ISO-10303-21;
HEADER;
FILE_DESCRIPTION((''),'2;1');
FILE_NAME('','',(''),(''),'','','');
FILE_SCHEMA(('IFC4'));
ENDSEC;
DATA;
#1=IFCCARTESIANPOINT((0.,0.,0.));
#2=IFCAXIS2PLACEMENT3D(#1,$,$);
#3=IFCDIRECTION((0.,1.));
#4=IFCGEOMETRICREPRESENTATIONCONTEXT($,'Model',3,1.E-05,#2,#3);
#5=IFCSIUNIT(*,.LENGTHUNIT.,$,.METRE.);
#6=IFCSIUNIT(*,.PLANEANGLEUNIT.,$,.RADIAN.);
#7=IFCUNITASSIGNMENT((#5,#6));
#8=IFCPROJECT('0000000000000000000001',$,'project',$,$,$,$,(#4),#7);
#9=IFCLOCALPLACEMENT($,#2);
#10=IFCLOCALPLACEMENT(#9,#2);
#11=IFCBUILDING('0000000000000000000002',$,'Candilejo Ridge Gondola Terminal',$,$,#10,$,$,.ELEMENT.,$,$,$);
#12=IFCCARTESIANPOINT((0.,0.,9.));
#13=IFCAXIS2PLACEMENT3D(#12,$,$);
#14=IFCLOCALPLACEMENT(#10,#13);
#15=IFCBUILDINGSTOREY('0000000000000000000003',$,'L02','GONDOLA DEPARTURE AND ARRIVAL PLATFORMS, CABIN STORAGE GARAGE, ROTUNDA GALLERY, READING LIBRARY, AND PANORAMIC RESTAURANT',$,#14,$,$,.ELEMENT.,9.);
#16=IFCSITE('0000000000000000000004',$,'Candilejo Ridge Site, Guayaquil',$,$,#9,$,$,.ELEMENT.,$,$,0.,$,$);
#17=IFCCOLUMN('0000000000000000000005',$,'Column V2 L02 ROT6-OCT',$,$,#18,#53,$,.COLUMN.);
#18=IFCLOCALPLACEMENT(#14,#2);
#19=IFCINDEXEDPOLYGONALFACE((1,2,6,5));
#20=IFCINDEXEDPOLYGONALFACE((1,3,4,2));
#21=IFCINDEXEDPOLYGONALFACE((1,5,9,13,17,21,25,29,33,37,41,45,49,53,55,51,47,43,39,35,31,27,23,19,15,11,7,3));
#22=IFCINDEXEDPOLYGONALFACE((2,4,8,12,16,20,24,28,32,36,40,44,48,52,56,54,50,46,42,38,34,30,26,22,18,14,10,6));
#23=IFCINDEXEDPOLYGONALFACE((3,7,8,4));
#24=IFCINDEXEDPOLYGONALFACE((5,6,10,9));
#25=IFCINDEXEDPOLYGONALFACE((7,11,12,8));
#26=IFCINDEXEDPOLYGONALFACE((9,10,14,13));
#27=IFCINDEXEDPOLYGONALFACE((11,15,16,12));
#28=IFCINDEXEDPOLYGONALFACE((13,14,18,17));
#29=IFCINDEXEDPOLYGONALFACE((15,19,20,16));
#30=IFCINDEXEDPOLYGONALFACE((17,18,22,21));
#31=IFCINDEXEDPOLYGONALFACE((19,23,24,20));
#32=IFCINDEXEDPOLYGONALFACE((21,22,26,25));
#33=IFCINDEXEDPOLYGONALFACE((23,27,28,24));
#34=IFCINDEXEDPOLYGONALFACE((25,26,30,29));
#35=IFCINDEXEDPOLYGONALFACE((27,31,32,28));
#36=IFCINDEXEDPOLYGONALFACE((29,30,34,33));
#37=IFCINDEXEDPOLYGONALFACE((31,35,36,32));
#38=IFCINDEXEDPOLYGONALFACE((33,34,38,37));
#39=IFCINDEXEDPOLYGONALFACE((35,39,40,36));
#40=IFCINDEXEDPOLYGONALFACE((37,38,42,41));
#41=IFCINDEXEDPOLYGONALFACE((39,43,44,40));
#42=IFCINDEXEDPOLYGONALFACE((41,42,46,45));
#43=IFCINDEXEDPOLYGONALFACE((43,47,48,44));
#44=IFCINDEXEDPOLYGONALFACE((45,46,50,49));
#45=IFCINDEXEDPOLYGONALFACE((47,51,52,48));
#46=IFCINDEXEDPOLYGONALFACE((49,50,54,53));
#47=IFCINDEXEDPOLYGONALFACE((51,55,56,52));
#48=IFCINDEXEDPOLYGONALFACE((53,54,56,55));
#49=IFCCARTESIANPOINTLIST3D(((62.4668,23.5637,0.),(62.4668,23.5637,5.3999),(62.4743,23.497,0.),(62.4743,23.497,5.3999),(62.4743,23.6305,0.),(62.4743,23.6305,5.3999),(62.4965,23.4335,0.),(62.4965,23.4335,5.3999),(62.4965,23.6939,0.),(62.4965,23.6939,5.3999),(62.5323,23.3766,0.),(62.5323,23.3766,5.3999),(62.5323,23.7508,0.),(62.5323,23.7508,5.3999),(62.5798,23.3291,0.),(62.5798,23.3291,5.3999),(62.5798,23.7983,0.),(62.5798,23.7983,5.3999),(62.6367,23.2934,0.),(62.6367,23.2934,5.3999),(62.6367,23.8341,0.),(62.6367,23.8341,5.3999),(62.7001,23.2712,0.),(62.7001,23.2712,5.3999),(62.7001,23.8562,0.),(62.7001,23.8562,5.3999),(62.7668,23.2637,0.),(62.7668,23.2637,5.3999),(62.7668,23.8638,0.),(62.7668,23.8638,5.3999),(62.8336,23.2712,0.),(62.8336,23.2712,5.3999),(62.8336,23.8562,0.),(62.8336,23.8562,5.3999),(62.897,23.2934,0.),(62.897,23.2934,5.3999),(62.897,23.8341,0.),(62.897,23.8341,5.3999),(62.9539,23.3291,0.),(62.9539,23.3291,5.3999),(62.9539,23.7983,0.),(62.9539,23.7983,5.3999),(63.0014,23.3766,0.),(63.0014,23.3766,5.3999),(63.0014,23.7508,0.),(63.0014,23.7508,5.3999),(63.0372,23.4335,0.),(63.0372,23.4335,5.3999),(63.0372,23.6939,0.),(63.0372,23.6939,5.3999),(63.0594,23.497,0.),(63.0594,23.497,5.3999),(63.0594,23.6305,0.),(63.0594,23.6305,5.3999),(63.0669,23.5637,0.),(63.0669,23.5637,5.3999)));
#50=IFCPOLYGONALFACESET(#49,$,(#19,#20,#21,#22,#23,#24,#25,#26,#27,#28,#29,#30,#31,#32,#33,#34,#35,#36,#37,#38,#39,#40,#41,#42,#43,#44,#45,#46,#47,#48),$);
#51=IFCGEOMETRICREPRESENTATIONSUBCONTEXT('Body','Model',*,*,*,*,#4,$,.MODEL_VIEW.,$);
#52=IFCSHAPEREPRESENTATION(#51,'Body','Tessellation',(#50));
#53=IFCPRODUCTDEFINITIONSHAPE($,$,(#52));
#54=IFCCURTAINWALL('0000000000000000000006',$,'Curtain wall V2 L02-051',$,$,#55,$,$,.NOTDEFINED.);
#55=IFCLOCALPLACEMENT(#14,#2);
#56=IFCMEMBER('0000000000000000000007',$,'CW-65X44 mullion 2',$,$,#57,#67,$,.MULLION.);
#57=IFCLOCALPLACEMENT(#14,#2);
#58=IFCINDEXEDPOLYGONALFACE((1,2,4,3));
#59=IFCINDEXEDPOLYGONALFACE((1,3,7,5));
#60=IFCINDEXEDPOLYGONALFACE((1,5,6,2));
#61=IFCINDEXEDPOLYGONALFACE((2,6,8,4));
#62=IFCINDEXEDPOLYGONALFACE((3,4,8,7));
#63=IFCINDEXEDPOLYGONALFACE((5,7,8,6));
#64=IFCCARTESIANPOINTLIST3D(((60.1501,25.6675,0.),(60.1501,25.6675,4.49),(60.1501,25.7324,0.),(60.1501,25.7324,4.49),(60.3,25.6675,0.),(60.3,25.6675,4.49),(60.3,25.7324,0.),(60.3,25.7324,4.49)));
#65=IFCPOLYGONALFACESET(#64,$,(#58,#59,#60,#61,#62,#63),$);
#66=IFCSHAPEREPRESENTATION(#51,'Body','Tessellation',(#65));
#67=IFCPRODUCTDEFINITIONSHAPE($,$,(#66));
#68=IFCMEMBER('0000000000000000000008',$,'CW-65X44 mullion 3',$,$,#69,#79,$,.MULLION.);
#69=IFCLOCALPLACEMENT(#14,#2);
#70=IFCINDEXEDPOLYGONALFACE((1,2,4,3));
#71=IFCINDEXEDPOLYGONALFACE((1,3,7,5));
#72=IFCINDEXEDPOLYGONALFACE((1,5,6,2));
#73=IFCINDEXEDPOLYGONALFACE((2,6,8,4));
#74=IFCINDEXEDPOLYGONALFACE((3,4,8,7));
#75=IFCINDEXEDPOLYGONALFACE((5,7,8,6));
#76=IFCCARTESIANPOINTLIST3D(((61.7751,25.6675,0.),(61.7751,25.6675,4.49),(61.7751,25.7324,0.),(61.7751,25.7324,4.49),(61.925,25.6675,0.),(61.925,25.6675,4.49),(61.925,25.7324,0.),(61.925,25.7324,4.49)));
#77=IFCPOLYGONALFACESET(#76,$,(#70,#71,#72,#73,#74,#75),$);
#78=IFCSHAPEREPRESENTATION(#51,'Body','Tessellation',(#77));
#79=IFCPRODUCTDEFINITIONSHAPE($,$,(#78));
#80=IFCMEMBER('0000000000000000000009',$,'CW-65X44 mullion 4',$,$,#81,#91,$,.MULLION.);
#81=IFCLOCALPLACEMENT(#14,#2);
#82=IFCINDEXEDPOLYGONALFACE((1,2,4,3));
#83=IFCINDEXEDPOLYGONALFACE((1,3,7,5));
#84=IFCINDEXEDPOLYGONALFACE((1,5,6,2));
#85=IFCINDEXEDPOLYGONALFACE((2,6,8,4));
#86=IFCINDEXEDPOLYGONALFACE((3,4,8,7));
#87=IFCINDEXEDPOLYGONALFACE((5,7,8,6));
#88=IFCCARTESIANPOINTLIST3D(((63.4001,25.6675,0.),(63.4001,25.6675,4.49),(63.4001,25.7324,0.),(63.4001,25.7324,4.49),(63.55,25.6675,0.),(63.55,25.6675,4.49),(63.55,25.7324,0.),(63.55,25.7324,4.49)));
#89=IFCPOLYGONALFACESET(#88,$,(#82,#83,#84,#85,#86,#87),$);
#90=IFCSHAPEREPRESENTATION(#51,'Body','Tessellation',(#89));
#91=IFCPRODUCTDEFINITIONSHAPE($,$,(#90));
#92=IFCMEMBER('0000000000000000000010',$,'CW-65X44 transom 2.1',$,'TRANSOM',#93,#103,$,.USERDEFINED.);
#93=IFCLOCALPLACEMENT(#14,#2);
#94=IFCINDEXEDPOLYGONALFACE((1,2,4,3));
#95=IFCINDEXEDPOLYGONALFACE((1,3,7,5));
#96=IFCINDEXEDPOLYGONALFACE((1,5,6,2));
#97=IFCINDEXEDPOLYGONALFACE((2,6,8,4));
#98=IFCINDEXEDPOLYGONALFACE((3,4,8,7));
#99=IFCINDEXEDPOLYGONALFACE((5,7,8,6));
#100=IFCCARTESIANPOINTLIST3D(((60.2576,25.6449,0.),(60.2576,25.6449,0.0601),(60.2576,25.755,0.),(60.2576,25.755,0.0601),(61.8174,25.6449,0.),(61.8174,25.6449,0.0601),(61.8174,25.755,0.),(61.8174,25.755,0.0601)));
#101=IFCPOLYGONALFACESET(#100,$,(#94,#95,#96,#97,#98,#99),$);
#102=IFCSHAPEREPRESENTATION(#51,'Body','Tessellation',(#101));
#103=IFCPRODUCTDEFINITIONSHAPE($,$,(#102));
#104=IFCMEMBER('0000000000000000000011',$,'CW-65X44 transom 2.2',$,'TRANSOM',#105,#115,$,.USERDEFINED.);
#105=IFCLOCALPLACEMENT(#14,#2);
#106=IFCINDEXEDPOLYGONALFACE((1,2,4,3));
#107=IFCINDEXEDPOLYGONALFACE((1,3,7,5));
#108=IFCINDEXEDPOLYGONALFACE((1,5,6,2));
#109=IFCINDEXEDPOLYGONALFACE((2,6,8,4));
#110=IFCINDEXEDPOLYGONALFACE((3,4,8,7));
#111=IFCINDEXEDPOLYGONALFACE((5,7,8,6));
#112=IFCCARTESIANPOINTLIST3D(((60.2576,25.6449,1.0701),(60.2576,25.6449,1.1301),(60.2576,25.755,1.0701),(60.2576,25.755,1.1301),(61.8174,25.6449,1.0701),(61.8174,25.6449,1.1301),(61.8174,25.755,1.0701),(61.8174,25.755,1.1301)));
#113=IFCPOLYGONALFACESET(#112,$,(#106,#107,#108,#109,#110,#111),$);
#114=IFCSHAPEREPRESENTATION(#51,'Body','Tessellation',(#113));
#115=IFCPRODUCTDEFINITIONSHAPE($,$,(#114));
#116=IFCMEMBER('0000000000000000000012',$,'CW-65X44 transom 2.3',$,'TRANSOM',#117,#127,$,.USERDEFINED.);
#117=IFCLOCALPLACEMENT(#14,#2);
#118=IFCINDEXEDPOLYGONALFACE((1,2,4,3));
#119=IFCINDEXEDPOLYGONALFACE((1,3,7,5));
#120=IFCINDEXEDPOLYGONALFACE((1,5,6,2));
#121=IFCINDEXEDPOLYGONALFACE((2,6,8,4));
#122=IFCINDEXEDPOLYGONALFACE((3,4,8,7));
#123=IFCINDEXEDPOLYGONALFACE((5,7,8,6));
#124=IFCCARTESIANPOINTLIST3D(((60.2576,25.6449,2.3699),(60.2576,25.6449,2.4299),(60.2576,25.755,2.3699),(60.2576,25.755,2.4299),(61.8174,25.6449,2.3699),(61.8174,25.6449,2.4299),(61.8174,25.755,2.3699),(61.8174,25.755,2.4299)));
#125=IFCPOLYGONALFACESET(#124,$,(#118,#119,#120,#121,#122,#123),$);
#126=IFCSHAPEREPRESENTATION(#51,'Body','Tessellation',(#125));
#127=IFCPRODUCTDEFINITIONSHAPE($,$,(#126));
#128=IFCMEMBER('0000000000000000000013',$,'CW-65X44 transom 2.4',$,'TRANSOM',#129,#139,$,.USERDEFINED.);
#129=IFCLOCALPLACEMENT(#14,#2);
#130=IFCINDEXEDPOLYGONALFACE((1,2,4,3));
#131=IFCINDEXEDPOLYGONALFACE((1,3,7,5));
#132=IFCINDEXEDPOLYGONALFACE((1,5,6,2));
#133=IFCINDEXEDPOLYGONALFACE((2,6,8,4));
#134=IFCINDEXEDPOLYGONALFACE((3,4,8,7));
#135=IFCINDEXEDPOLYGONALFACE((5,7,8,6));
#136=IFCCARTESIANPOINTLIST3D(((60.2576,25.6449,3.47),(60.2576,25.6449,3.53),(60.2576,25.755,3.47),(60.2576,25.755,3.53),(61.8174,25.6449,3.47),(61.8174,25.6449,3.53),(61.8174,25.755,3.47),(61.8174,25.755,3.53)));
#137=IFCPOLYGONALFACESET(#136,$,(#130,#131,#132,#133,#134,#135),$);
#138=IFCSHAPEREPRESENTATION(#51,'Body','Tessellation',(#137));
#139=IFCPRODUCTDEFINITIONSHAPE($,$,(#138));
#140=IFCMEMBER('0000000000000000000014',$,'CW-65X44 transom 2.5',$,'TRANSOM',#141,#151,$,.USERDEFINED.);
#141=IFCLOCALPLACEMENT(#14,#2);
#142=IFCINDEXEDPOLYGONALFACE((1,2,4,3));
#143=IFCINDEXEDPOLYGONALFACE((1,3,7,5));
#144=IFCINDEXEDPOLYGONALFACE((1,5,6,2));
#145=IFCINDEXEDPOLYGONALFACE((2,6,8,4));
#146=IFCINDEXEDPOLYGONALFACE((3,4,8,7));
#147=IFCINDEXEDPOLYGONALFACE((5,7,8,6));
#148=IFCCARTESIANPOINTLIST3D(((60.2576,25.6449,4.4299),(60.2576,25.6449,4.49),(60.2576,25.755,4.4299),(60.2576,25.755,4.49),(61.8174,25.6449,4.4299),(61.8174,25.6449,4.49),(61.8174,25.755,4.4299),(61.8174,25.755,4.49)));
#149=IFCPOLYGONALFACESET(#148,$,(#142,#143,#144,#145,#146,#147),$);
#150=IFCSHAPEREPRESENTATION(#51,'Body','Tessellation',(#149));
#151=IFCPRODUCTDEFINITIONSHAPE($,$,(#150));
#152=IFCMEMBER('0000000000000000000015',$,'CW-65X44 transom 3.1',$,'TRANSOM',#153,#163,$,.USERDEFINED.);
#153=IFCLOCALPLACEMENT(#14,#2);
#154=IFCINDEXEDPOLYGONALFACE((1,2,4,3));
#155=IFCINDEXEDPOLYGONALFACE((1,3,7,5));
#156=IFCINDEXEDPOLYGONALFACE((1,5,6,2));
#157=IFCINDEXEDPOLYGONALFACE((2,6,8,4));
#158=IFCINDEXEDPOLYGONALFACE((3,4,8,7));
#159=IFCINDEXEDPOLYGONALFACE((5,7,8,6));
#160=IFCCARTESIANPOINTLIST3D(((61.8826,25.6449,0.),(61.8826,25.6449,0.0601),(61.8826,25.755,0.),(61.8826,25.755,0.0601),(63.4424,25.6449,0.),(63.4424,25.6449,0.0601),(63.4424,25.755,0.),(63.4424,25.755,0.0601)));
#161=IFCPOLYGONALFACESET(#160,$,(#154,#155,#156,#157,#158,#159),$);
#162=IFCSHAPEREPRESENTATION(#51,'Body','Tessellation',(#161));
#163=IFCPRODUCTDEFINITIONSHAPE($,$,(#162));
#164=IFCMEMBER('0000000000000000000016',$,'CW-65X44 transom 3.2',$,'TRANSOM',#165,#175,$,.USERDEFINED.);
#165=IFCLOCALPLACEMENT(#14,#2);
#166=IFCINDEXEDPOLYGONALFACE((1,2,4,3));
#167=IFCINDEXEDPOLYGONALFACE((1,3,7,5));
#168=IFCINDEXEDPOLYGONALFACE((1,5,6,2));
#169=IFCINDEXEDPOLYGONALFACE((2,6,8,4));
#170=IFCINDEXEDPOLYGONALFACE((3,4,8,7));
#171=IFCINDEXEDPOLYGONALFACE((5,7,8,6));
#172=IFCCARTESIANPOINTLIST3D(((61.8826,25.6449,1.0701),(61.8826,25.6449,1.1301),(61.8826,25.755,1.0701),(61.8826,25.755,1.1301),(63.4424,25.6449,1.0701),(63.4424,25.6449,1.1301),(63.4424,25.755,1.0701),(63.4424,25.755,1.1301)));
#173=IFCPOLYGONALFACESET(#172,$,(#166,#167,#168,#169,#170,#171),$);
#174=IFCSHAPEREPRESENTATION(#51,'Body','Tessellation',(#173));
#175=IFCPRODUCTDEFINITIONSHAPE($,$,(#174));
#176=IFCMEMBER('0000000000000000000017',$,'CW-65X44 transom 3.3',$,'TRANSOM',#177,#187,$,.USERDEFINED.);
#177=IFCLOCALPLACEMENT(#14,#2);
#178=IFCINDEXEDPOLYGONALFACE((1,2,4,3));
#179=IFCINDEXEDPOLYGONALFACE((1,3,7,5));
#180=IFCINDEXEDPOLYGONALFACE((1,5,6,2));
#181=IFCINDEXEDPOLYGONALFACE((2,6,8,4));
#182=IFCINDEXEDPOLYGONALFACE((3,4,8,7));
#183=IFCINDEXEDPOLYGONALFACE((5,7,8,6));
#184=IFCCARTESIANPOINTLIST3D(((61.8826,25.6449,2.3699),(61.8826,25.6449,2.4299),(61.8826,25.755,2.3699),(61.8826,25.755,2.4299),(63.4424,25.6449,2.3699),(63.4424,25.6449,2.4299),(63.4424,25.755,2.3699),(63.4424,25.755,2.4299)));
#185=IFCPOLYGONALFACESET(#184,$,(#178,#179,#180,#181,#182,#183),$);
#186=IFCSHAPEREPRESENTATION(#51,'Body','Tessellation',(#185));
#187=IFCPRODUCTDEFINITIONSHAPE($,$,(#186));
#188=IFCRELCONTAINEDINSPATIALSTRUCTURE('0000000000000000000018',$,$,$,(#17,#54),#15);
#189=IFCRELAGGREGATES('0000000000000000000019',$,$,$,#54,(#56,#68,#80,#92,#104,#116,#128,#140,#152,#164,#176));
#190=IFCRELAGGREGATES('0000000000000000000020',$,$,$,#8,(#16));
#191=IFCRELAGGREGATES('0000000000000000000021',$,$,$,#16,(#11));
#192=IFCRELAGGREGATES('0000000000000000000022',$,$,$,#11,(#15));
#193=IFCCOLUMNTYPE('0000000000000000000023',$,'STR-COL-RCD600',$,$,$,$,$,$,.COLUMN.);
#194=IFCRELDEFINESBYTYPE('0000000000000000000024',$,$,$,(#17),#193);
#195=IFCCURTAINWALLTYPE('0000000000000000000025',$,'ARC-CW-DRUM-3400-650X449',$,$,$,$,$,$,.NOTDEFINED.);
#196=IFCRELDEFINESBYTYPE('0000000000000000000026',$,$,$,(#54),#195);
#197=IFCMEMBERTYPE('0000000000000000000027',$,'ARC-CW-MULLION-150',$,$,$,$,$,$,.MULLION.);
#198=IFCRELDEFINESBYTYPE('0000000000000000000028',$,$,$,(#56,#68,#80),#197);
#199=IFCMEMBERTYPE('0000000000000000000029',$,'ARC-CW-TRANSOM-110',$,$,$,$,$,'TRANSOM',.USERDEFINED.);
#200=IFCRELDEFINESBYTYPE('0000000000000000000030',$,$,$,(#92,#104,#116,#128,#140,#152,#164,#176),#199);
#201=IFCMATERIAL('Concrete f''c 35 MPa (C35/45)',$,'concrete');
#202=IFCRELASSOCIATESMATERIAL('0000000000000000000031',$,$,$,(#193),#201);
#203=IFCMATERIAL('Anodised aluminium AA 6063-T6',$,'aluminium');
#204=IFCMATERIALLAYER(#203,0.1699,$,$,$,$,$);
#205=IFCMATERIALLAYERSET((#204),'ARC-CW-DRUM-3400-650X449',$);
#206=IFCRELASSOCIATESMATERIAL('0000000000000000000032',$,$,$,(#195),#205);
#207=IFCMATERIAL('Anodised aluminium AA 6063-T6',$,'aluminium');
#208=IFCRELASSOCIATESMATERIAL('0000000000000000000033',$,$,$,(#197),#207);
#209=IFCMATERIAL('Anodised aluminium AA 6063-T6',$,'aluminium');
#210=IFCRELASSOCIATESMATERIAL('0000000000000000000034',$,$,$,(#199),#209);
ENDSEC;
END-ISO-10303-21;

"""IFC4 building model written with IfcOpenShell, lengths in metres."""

from ifc_helpers import new_model, si_unit, direction, frame, origin, origin_2d, place, context, subcontext, project, spatial, rectangle, circle, extrude, material, layer, layer_set, material_profile, profile_set, type_object, element, aggregate, save


model = new_model("IFC4")

# Units and contexts
model_context = context("Model", 3, precision=1e-05, world=origin(), true_north=direction((0.0, 1.0)))
body_context = subcontext(model_context, "Body", "Model", "MODEL_VIEW")
ifc_project = project(units=[si_unit("LENGTHUNIT", "METRE"), si_unit("PLANEANGLEUNIT", "RADIAN")], contexts=[model_context])

# Site, building, storey
site_placement = place(None, origin())
site = spatial("IfcSite", under=ifc_project, at=site_placement, Name="Candilejo Ridge Site, Guayaquil", CompositionType="ELEMENT", RefElevation=0.0)
building_placement = place(site_placement, origin())
building = spatial("IfcBuilding", under=site, at=building_placement, Name="Candilejo Ridge Gondola Terminal", CompositionType="ELEMENT")
storey_placement = place(building_placement, frame((0.0, 0.0, 9.0)))
storey = spatial("IfcBuildingStorey", under=building, at=storey_placement, Name="L02", Description="GONDOLA DEPARTURE AND ARRIVAL PLATFORMS, CABIN STORAGE GARAGE, ROTUNDA GALLERY, READING LIBRARY, AND PANORAMIC RESTAURANT", CompositionType="ELEMENT", Elevation=9.0)

# Column
ifc_material_1 = material(Name="Concrete f'c 35 MPa (C35/45)", Category="concrete")
ifc_material_profile_1 = material_profile(ifc_material_1, circle(Radius=0.3, at=origin_2d()))
ifc_profile_set_1 = profile_set([ifc_material_profile_1], Name="Concrete f'c 35 MPa (C35/45)")
column_type = type_object("IfcColumnType", Name="STR-COL-RCD600", PredefinedType="COLUMN", material=ifc_profile_set_1)
column_placement = place(storey_placement, frame((62.7668, 23.5637, 0.0), z_axis=(0.0, 0.0, 1.0), x_axis=(1.0, 0.0, 0.0)))
element("IfcColumn", 1, at=column_placement, inside=storey, type_object=column_type, Name="Column V2 L02 ROT6-OCT", PredefinedType="COLUMN", context=body_context, shape_type="SweptSolid", body=[
    extrude(circle(Radius=0.3, at=origin_2d()), origin(), (0.0, 0.0, 1.0), 5.3999),
])

# Curtain wall, members
ifc_material_2 = material(Name="Anodised aluminium AA 6063-T6", Category="aluminium")
ifc_layer_1 = layer(ifc_material_2, 0.1699)
ifc_layer_set_1 = layer_set([ifc_layer_1], Name="ARC-CW-DRUM-3400-650X449")
curtain_wall_type = type_object("IfcCurtainWallType", Name="ARC-CW-DRUM-3400-650X449", PredefinedType="NOTDEFINED", material=ifc_layer_set_1)
curtain_wall_placement = place(storey_placement, origin())
curtain_wall = element("IfcCurtainWall", 2, at=curtain_wall_placement, inside=storey, type_object=curtain_wall_type, Name="Curtain wall V2 L02-051", PredefinedType="NOTDEFINED")
ifc_material_3 = material(Name="Anodised aluminium AA 6063-T6", Category="aluminium")
ifc_material_profile_2 = material_profile(ifc_material_3, rectangle(XDim=0.0649, YDim=0.1499, at=origin_2d()))
ifc_profile_set_2 = profile_set([ifc_material_profile_2], Name="Anodised aluminium AA 6063-T6")
member_type_1 = type_object("IfcMemberType", Name="ARC-CW-MULLION-150", PredefinedType="MULLION", material=ifc_profile_set_2)
member_1_placement = place(storey_placement, frame((60.2251, 25.7, 0.0), z_axis=(0.0, 0.0, 1.0), x_axis=(0.0, 1.0, 0.0)))
member_1 = element("IfcMember", 3, at=member_1_placement, type_object=member_type_1, Name="CW-65X44 mullion 2", PredefinedType="MULLION", context=body_context, shape_type="SweptSolid", body=[
    extrude(rectangle(XDim=0.0649, YDim=0.1499, at=origin_2d()), origin(), (0.0, 0.0, 1.0), 4.49),
])
member_2_placement = place(storey_placement, frame((61.8501, 25.7, 0.0), z_axis=(0.0, 0.0, 1.0), x_axis=(0.0, 1.0, 0.0)))
member_2 = element("IfcMember", 4, at=member_2_placement, type_object=member_type_1, Name="CW-65X44 mullion 3", PredefinedType="MULLION", context=body_context, shape_type="SweptSolid", body=[
    extrude(rectangle(XDim=0.0649, YDim=0.1499, at=origin_2d()), origin(), (0.0, 0.0, 1.0), 4.49),
])
member_3_placement = place(storey_placement, frame((63.4751, 25.7, 0.0), z_axis=(0.0, 0.0, 1.0), x_axis=(0.0, 1.0, 0.0)))
member_3 = element("IfcMember", 5, at=member_3_placement, type_object=member_type_1, Name="CW-65X44 mullion 4", PredefinedType="MULLION", context=body_context, shape_type="SweptSolid", body=[
    extrude(rectangle(XDim=0.0649, YDim=0.1499, at=origin_2d()), origin(), (0.0, 0.0, 1.0), 4.49),
])
ifc_material_4 = material(Name="Anodised aluminium AA 6063-T6", Category="aluminium")
ifc_material_profile_3 = material_profile(ifc_material_4, rectangle(XDim=0.1101, YDim=0.0601, at=origin_2d()))
ifc_profile_set_3 = profile_set([ifc_material_profile_3], Name="Anodised aluminium AA 6063-T6")
member_type_2 = type_object("IfcMemberType", Name="ARC-CW-TRANSOM-110", ElementType="TRANSOM", PredefinedType="USERDEFINED", material=ifc_profile_set_3)
member_4_placement = place(storey_placement, frame((60.2576, 25.7, 0.03), z_axis=(1.0, 0.0, 0.0), x_axis=(0.0, 1.0, 0.0)))
member_4 = element("IfcMember", 6, at=member_4_placement, type_object=member_type_2, Name="CW-65X44 transom 2.1", ObjectType="TRANSOM", PredefinedType="USERDEFINED", context=body_context, shape_type="SweptSolid", body=[
    extrude(rectangle(XDim=0.1101, YDim=0.0601, at=origin_2d()), origin(), (0.0, 0.0, 1.0), 1.5598),
])
member_5_placement = place(storey_placement, frame((60.2576, 25.7, 1.1001), z_axis=(1.0, 0.0, 0.0), x_axis=(0.0, 1.0, 0.0)))
member_5 = element("IfcMember", 7, at=member_5_placement, type_object=member_type_2, Name="CW-65X44 transom 2.2", ObjectType="TRANSOM", PredefinedType="USERDEFINED", context=body_context, shape_type="SweptSolid", body=[
    extrude(rectangle(XDim=0.1101, YDim=0.0601, at=origin_2d()), origin(), (0.0, 0.0, 1.0), 1.5598),
])
member_6_placement = place(storey_placement, frame((60.2576, 25.7, 2.3999), z_axis=(1.0, 0.0, 0.0), x_axis=(0.0, 1.0, 0.0)))
member_6 = element("IfcMember", 8, at=member_6_placement, type_object=member_type_2, Name="CW-65X44 transom 2.3", ObjectType="TRANSOM", PredefinedType="USERDEFINED", context=body_context, shape_type="SweptSolid", body=[
    extrude(rectangle(XDim=0.1101, YDim=0.0601, at=origin_2d()), origin(), (0.0, 0.0, 1.0), 1.5598),
])
member_7_placement = place(storey_placement, frame((60.2576, 25.7, 3.5), z_axis=(1.0, 0.0, 0.0), x_axis=(0.0, 1.0, 0.0)))
member_7 = element("IfcMember", 9, at=member_7_placement, type_object=member_type_2, Name="CW-65X44 transom 2.4", ObjectType="TRANSOM", PredefinedType="USERDEFINED", context=body_context, shape_type="SweptSolid", body=[
    extrude(rectangle(XDim=0.1101, YDim=0.0601, at=origin_2d()), origin(), (0.0, 0.0, 1.0), 1.5598),
])
member_8_placement = place(storey_placement, frame((60.2576, 25.7, 4.46), z_axis=(1.0, 0.0, 0.0), x_axis=(0.0, 1.0, 0.0)))
member_8 = element("IfcMember", 10, at=member_8_placement, type_object=member_type_2, Name="CW-65X44 transom 2.5", ObjectType="TRANSOM", PredefinedType="USERDEFINED", context=body_context, shape_type="SweptSolid", body=[
    extrude(rectangle(XDim=0.1101, YDim=0.0601, at=origin_2d()), origin(), (0.0, 0.0, 1.0), 1.5598),
])
member_9_placement = place(storey_placement, frame((61.8826, 25.7, 0.03), z_axis=(1.0, 0.0, 0.0), x_axis=(0.0, 1.0, 0.0)))
member_9 = element("IfcMember", 11, at=member_9_placement, type_object=member_type_2, Name="CW-65X44 transom 3.1", ObjectType="TRANSOM", PredefinedType="USERDEFINED", context=body_context, shape_type="SweptSolid", body=[
    extrude(rectangle(XDim=0.1101, YDim=0.0601, at=origin_2d()), origin(), (0.0, 0.0, 1.0), 1.5598),
])
member_10_placement = place(storey_placement, frame((61.8826, 25.7, 1.1001), z_axis=(1.0, 0.0, 0.0), x_axis=(0.0, 1.0, 0.0)))
member_10 = element("IfcMember", 12, at=member_10_placement, type_object=member_type_2, Name="CW-65X44 transom 3.2", ObjectType="TRANSOM", PredefinedType="USERDEFINED", context=body_context, shape_type="SweptSolid", body=[
    extrude(rectangle(XDim=0.1101, YDim=0.0601, at=origin_2d()), origin(), (0.0, 0.0, 1.0), 1.5598),
])
member_11_placement = place(storey_placement, frame((61.8826, 25.7, 2.3999), z_axis=(1.0, 0.0, 0.0), x_axis=(0.0, 1.0, 0.0)))
member_11 = element("IfcMember", 13, at=member_11_placement, type_object=member_type_2, Name="CW-65X44 transom 3.3", ObjectType="TRANSOM", PredefinedType="USERDEFINED", context=body_context, shape_type="SweptSolid", body=[
    extrude(rectangle(XDim=0.1101, YDim=0.0601, at=origin_2d()), origin(), (0.0, 0.0, 1.0), 1.5598),
])

aggregate(curtain_wall, [member_1, member_2, member_3, member_4, member_5, member_6, member_7, member_8, member_9, member_10, member_11])

save(model, "model.ifc")
